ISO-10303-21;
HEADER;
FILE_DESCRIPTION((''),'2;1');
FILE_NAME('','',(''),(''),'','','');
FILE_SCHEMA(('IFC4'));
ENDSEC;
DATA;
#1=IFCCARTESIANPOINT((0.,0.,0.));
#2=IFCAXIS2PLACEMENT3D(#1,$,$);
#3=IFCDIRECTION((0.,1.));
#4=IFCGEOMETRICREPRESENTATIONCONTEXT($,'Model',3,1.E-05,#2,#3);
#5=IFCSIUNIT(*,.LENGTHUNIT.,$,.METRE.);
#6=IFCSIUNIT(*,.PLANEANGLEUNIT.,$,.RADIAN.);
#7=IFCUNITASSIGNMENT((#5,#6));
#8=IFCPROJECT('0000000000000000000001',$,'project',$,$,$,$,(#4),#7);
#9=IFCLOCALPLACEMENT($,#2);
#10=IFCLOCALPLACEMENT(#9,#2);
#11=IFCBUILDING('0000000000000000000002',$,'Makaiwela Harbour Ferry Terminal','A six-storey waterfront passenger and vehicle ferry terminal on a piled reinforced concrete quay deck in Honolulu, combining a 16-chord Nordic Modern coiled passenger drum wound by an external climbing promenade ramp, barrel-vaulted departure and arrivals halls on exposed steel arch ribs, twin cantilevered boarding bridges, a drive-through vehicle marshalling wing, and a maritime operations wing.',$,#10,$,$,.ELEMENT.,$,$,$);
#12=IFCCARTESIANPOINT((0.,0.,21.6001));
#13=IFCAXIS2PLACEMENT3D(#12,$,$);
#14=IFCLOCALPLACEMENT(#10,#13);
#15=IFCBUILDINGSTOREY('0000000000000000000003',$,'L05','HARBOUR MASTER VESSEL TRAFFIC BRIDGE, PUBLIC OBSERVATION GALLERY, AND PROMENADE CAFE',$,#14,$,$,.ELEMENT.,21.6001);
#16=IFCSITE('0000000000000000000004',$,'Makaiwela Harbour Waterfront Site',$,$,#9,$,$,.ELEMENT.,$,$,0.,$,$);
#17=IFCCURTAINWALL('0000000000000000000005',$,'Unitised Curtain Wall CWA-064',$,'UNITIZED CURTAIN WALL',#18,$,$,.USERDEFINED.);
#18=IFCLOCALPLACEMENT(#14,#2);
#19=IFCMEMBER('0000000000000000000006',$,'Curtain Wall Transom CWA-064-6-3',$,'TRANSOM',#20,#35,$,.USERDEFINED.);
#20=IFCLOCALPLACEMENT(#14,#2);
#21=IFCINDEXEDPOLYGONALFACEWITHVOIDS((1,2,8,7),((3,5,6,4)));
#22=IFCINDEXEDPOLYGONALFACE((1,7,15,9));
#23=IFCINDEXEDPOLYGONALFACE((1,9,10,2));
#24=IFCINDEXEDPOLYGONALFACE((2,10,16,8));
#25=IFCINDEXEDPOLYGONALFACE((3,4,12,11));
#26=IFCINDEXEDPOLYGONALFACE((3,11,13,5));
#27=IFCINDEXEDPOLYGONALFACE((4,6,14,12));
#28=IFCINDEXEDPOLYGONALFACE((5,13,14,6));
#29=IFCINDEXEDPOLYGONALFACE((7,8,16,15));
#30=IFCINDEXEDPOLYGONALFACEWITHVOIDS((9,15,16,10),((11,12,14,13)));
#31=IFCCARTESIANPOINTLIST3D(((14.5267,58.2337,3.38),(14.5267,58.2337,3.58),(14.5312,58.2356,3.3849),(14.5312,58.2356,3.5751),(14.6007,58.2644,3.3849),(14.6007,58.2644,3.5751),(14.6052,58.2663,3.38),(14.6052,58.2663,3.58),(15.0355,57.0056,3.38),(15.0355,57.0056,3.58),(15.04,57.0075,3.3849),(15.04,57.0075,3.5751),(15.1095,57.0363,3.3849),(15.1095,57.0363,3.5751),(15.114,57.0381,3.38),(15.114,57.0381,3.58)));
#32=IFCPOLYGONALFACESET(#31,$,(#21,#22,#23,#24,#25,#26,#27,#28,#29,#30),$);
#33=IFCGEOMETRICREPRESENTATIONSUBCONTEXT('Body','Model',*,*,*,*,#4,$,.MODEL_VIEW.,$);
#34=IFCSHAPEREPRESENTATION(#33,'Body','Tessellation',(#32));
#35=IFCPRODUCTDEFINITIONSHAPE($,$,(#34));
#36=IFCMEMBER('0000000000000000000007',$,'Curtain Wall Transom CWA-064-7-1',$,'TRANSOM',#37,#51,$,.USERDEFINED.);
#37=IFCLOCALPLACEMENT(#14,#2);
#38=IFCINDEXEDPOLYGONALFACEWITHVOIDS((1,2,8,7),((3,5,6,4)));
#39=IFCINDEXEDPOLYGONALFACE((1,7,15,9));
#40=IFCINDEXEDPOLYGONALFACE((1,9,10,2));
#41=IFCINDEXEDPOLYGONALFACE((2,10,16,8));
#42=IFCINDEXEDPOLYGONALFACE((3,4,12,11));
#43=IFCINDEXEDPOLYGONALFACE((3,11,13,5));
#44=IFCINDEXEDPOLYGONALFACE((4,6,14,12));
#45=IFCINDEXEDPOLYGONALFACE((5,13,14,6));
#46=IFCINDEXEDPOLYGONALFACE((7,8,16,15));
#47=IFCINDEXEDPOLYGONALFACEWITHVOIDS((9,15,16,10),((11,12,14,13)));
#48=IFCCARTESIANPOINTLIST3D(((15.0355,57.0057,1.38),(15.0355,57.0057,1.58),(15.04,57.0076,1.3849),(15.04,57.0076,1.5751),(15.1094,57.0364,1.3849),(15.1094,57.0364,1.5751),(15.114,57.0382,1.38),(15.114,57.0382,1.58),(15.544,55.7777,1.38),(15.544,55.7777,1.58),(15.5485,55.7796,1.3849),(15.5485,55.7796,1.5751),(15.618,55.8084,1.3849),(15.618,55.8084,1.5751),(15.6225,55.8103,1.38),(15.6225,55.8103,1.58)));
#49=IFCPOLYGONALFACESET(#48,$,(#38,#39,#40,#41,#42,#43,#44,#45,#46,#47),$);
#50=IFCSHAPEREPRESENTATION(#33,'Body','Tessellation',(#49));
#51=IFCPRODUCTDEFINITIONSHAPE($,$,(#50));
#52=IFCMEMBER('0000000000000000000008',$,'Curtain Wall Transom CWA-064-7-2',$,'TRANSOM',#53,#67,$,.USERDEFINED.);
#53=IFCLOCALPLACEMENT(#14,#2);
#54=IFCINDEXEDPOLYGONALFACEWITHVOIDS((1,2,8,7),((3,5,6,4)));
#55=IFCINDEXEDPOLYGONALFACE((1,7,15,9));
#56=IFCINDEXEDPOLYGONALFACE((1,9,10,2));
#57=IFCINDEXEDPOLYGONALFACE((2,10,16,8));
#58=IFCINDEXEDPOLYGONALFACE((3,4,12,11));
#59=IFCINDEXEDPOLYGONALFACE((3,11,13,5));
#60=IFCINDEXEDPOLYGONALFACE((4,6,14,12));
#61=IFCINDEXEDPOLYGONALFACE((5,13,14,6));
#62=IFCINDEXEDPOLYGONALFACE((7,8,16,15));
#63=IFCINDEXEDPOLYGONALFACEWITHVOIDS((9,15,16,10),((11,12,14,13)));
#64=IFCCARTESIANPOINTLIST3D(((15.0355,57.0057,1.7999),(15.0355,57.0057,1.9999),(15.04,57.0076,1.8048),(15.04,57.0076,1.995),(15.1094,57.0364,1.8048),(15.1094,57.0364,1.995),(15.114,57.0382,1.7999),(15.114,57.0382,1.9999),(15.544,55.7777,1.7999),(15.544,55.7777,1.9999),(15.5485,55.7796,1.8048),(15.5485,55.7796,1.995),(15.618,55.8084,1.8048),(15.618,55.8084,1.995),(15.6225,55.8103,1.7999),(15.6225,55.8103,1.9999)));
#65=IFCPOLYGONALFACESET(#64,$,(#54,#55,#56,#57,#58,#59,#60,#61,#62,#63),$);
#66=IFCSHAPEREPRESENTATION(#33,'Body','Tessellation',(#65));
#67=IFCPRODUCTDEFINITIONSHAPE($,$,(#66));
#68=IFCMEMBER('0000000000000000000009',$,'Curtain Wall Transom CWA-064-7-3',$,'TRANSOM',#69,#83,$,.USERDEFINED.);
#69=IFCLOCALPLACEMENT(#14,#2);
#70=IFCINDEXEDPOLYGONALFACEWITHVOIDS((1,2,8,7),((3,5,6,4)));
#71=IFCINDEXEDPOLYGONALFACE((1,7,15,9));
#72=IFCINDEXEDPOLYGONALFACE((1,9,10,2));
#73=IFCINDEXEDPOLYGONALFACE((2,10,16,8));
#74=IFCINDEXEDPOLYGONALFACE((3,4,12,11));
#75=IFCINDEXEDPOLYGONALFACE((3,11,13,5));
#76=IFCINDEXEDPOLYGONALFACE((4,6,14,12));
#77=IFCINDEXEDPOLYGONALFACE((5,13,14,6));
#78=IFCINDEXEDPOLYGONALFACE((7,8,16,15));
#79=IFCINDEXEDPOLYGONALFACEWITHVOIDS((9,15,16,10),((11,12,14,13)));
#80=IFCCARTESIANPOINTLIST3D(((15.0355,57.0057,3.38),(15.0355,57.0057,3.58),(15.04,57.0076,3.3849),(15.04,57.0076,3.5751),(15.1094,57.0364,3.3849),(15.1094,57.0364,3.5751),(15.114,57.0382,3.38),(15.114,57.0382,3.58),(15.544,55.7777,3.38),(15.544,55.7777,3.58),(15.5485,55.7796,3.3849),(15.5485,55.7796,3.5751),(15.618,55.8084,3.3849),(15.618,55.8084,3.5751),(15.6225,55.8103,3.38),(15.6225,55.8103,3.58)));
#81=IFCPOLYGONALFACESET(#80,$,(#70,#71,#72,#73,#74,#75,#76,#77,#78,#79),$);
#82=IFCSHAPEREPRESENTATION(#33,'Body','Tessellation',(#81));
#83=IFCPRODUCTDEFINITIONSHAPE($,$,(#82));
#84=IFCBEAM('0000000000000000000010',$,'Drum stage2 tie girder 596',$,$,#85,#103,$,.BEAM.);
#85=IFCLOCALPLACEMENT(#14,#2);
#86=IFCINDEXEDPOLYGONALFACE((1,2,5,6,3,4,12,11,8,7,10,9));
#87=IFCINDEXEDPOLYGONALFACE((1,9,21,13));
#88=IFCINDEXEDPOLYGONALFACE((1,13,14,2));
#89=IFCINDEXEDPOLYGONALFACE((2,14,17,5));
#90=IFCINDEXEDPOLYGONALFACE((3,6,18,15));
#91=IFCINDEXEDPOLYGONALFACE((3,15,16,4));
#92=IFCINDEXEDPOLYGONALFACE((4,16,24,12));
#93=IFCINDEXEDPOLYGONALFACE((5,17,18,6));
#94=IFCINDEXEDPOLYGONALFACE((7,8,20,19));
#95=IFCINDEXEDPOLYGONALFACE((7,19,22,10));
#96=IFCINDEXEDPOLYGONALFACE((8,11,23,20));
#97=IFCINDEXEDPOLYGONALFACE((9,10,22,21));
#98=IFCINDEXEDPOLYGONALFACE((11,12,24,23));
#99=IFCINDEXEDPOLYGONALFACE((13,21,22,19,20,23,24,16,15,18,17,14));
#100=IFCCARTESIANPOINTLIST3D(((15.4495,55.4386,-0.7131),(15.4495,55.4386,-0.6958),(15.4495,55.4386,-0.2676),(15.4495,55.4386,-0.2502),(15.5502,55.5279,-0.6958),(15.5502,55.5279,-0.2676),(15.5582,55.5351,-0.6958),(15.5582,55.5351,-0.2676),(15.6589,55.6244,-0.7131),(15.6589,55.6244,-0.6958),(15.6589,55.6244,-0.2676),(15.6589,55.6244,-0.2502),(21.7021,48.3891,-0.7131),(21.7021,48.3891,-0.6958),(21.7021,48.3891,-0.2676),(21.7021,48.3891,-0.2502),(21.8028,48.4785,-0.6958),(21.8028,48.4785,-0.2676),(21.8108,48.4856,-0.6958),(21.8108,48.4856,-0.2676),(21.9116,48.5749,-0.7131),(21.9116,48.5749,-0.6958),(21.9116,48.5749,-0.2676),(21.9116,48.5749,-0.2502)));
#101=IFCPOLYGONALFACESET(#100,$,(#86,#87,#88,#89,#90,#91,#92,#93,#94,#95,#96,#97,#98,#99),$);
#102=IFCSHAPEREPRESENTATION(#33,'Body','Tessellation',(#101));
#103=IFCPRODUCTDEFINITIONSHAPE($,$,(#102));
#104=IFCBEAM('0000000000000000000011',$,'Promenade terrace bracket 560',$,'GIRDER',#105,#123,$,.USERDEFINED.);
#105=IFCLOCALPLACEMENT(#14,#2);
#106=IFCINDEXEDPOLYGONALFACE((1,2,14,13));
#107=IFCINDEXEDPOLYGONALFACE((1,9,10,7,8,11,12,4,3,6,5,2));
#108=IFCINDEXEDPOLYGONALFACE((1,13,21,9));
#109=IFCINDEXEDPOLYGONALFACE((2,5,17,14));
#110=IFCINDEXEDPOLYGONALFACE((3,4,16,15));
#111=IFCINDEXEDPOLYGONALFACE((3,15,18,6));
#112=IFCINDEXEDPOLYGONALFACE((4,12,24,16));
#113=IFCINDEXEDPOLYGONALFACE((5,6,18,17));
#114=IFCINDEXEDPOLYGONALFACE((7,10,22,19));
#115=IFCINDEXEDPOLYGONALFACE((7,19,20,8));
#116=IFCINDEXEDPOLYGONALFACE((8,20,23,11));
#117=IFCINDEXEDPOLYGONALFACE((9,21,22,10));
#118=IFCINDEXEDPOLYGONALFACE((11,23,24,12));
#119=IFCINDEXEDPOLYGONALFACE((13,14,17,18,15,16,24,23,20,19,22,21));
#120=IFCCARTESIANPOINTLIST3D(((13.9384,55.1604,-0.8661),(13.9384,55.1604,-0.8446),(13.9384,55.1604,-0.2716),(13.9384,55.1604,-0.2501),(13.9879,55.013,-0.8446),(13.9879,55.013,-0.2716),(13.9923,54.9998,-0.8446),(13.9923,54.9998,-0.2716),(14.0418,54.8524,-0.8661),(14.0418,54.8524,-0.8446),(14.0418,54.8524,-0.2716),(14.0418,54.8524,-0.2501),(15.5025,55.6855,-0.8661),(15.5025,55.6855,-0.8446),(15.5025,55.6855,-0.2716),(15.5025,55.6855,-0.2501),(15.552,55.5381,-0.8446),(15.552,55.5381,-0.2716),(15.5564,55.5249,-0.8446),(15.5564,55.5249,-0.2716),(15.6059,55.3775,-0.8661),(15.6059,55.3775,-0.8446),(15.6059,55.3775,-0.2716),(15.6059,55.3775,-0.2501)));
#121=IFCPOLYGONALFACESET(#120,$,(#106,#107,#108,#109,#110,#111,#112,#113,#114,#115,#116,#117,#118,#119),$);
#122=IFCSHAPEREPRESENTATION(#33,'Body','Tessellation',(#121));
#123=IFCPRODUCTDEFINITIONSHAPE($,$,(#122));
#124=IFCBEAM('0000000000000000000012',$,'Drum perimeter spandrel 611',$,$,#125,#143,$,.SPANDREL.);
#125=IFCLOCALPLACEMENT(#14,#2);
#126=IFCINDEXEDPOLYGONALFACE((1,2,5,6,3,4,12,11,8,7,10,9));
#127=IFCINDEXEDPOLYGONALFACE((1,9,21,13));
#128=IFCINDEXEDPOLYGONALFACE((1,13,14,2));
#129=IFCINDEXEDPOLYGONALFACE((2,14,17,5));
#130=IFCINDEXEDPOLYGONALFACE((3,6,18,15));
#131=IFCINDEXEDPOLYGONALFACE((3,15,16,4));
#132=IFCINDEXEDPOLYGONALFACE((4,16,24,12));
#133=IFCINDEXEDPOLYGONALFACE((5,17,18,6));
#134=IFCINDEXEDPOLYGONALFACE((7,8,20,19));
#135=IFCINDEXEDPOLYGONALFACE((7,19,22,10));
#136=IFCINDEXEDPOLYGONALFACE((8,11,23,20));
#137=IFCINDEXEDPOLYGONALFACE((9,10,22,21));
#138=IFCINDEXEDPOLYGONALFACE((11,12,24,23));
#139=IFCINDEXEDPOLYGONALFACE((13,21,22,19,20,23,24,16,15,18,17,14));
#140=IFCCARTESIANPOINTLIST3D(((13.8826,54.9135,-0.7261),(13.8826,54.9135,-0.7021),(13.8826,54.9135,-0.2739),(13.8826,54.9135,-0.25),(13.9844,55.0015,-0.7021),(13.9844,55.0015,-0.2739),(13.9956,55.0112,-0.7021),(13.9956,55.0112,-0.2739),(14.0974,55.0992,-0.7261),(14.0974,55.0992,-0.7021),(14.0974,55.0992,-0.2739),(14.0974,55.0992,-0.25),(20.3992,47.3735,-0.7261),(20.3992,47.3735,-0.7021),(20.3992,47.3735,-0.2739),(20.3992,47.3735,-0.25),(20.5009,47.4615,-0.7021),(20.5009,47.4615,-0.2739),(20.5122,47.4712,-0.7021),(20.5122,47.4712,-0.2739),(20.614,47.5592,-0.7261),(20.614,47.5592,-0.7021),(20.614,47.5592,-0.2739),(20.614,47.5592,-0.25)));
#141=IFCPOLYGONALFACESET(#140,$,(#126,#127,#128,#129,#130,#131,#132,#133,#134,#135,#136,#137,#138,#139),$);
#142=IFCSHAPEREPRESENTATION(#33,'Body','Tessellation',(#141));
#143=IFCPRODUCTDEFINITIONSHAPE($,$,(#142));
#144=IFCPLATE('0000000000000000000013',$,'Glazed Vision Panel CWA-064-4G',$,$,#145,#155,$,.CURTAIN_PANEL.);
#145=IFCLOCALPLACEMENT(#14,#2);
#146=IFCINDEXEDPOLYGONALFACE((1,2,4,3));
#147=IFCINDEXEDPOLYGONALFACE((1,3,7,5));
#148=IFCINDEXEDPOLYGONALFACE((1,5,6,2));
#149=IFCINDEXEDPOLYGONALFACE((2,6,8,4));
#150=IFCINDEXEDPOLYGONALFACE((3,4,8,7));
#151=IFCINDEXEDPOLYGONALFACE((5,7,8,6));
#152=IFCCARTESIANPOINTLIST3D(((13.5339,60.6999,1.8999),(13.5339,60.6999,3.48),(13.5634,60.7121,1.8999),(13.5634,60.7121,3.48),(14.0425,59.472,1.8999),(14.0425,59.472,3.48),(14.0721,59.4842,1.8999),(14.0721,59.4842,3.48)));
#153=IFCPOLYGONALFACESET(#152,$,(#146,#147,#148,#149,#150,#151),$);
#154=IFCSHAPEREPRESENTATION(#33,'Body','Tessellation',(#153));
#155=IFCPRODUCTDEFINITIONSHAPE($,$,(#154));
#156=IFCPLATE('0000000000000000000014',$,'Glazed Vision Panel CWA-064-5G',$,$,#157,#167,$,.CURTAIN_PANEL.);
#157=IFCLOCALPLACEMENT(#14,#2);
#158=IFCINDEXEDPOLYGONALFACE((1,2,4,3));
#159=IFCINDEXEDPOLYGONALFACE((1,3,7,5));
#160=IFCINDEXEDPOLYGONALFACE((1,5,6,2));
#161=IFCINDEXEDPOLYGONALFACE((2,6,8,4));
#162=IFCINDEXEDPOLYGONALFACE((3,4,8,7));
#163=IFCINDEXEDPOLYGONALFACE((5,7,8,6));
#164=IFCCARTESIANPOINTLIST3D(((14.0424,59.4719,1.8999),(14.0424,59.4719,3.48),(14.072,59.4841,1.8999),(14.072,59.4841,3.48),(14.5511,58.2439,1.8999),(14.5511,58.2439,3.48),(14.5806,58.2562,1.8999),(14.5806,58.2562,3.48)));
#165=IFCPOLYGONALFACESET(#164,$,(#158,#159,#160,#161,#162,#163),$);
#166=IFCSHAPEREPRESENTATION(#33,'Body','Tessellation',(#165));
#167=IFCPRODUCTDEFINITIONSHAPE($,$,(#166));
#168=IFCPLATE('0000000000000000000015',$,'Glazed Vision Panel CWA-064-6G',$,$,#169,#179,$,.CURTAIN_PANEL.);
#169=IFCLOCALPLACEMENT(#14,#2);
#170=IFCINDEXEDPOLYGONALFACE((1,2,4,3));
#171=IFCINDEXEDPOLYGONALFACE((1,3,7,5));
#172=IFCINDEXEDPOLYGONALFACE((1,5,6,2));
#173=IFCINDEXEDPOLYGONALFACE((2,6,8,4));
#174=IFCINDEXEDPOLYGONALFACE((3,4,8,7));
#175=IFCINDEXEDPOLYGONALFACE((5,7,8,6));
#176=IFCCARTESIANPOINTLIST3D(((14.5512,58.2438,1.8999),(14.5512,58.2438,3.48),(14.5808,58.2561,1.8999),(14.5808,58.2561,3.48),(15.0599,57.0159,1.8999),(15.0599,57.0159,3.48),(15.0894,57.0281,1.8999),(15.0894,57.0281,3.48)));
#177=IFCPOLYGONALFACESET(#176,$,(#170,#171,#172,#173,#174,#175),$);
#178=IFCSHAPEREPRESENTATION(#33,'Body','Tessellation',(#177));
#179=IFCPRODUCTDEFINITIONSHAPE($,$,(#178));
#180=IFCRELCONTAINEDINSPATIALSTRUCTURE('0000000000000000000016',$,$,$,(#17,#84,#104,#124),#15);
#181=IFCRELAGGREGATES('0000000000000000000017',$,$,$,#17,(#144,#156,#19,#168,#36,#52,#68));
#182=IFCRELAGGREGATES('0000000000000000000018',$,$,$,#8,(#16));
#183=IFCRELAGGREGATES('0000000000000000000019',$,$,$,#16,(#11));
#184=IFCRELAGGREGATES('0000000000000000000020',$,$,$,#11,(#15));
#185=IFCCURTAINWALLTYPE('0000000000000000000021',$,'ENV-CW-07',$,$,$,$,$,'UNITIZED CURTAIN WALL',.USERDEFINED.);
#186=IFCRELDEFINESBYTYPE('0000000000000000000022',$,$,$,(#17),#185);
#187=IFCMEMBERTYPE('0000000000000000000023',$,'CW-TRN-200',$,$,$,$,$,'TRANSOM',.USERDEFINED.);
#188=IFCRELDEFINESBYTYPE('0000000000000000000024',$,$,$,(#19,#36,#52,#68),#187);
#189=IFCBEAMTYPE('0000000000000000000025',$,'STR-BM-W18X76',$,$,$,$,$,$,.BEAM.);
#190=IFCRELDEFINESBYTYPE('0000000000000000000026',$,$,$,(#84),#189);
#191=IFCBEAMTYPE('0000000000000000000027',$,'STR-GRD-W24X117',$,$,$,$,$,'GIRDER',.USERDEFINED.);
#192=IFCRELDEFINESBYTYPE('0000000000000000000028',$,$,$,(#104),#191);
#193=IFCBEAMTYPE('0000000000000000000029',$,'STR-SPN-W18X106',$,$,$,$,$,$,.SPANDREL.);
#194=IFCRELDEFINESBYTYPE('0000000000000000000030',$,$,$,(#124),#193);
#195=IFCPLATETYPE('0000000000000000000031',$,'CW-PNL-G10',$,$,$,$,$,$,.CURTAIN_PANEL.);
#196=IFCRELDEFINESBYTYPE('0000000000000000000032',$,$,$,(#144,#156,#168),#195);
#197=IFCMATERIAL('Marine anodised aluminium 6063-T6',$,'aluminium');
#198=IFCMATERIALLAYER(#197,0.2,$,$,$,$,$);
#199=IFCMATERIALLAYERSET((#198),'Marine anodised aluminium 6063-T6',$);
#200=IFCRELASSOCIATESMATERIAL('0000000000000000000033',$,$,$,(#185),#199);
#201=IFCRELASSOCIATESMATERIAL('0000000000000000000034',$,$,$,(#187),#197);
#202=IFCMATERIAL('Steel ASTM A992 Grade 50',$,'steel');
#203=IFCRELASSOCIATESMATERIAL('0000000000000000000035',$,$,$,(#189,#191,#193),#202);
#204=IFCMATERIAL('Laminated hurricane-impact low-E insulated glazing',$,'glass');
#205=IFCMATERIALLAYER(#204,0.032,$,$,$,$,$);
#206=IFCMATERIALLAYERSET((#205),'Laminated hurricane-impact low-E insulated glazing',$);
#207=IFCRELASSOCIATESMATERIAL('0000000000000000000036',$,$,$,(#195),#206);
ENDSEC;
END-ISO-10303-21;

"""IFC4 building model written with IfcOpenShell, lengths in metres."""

from ifc_helpers import new_model, si_unit, direction, frame, origin, origin_2d, place, context, subcontext, project, spatial, rectangle, hollow_rectangle, i_section, extrude, material, layer, layer_set, material_profile, profile_set, type_object, element, aggregate, save


model = new_model("IFC4")

# Units and contexts
model_context = context("Model", 3, precision=1e-05, world=origin(), true_north=direction((0.0, 1.0)))
body_context = subcontext(model_context, "Body", "Model", "MODEL_VIEW")
ifc_project = project(units=[si_unit("LENGTHUNIT", "METRE"), si_unit("PLANEANGLEUNIT", "RADIAN")], contexts=[model_context])

# Site, building, storey
site_placement = place(None, origin())
site = spatial("IfcSite", under=ifc_project, at=site_placement, Name="Makaiwela Harbour Waterfront Site", CompositionType="ELEMENT", RefElevation=0.0)
building_placement = place(site_placement, origin())
building = spatial("IfcBuilding", under=site, at=building_placement, Name="Makaiwela Harbour Ferry Terminal", Description="A six-storey waterfront passenger and vehicle ferry terminal on a piled reinforced concrete quay deck in Honolulu, combining a 16-chord Nordic Modern coiled passenger drum wound by an external climbing promenade ramp, barrel-vaulted departure and arrivals halls on exposed steel arch ribs, twin cantilevered boarding bridges, a drive-through vehicle marshalling wing, and a maritime operations wing.", CompositionType="ELEMENT")
storey_placement = place(building_placement, frame((0.0, 0.0, 21.6001)))
storey = spatial("IfcBuildingStorey", under=building, at=storey_placement, Name="L05", Description="HARBOUR MASTER VESSEL TRAFFIC BRIDGE, PUBLIC OBSERVATION GALLERY, AND PROMENADE CAFE", CompositionType="ELEMENT", Elevation=21.6001)

# Curtain wall, members
ifc_material_1 = material(Name="Marine anodised aluminium 6063-T6", Category="aluminium")
ifc_layer_1 = layer(ifc_material_1, 0.2)
ifc_layer_set_1 = layer_set([ifc_layer_1], Name="Marine anodised aluminium 6063-T6")
curtain_wall_type = type_object("IfcCurtainWallType", Name="ENV-CW-07", ElementType="UNITIZED CURTAIN WALL", PredefinedType="USERDEFINED", material=ifc_layer_set_1)
curtain_wall_placement = place(storey_placement, origin())
curtain_wall = element("IfcCurtainWall", 1, at=curtain_wall_placement, inside=storey, type_object=curtain_wall_type, Name="Unitised Curtain Wall CWA-064", ObjectType="UNITIZED CURTAIN WALL", PredefinedType="USERDEFINED")
ifc_material_profile_1 = material_profile(ifc_material_1, hollow_rectangle(XDim=0.085, YDim=0.2, WallThickness=0.0049, at=origin_2d()), Name="CWT-200X85")
ifc_profile_set_1 = profile_set([ifc_material_profile_1], Name="Marine anodised aluminium 6063-T6")
member_type_1 = type_object("IfcMemberType", Name="CW-TRN-200", ElementType="TRANSOM", PredefinedType="USERDEFINED", material=ifc_profile_set_1)
member_1_placement = place(storey_placement, frame((14.5659, 58.25, 3.48), z_axis=(0.382763, -0.923847, 0.0), x_axis=(0.923847, 0.382763, 0.0)))
member_1 = element("IfcMember", 2, at=member_1_placement, type_object=member_type_1, Name="Curtain Wall Transom CWA-064-6-3", ObjectType="TRANSOM", PredefinedType="USERDEFINED", context=body_context, shape_type="SweptSolid", body=[
    extrude(hollow_rectangle(XDim=0.085, YDim=0.2, WallThickness=0.0049, at=origin_2d()), origin(), (0.0, 0.0, 1.0), 1.3293),
])
member_2_placement = place(storey_placement, frame((15.0747, 57.022, 1.48), z_axis=(0.382606, -0.923912, 0.0), x_axis=(0.923912, 0.382606, 0.0)))
member_2 = element("IfcMember", 3, at=member_2_placement, type_object=member_type_1, Name="Curtain Wall Transom CWA-064-7-1", ObjectType="TRANSOM", PredefinedType="USERDEFINED", context=body_context, shape_type="SweptSolid", body=[
    extrude(hollow_rectangle(XDim=0.085, YDim=0.2, WallThickness=0.0049, at=origin_2d()), origin(), (0.0, 0.0, 1.0), 1.3291),
])
member_3_placement = place(storey_placement, frame((15.0747, 57.022, 1.8999), z_axis=(0.382606, -0.923912, 0.0), x_axis=(0.923912, 0.382606, 0.0)))
member_3 = element("IfcMember", 4, at=member_3_placement, type_object=member_type_1, Name="Curtain Wall Transom CWA-064-7-2", ObjectType="TRANSOM", PredefinedType="USERDEFINED", context=body_context, shape_type="SweptSolid", body=[
    extrude(hollow_rectangle(XDim=0.085, YDim=0.2, WallThickness=0.0049, at=origin_2d()), origin(), (0.0, 0.0, 1.0), 1.3291),
])
member_4_placement = place(storey_placement, frame((15.0747, 57.022, 3.48), z_axis=(0.382606, -0.923912, 0.0), x_axis=(0.923912, 0.382606, 0.0)))
member_4 = element("IfcMember", 5, at=member_4_placement, type_object=member_type_1, Name="Curtain Wall Transom CWA-064-7-3", ObjectType="TRANSOM", PredefinedType="USERDEFINED", context=body_context, shape_type="SweptSolid", body=[
    extrude(hollow_rectangle(XDim=0.085, YDim=0.2, WallThickness=0.0049, at=origin_2d()), origin(), (0.0, 0.0, 1.0), 1.3291),
])

# Beams
ifc_material_2 = material(Name="Steel ASTM A992 Grade 50", Category="steel")
ifc_material_profile_2 = material_profile(ifc_material_2, i_section(OverallWidth=0.28, OverallDepth=0.4629, WebThickness=0.0107, FlangeThickness=0.0173, at=origin_2d()), Name="W18X76")
ifc_profile_set_2 = profile_set([ifc_material_profile_2], Name="Steel ASTM A992 Grade 50")
beam_type_1 = type_object("IfcBeamType", Name="STR-BM-W18X76", PredefinedType="BEAM", material=ifc_profile_set_2)
beam_1_placement = place(storey_placement, frame((15.5542, 55.5315, -0.4817), z_axis=(0.663558, -0.748125, 0.0), x_axis=(0.748125, 0.663558, 0.0)))
element("IfcBeam", 6, at=beam_1_placement, inside=storey, type_object=beam_type_1, Name="Drum stage2 tie girder 596", PredefinedType="BEAM", context=body_context, shape_type="SweptSolid", body=[
    extrude(i_section(OverallWidth=0.28, OverallDepth=0.4629, WebThickness=0.0107, FlangeThickness=0.0173, at=origin_2d()), origin(), (0.0, 0.0, 1.0), 9.4229),
])
ifc_material_profile_3 = material_profile(ifc_material_2, i_section(OverallWidth=0.325, OverallDepth=0.616, WebThickness=0.0139, FlangeThickness=0.0215, at=origin_2d()), Name="W24X117")
ifc_profile_set_3 = profile_set([ifc_material_profile_3], Name="Steel ASTM A992 Grade 50")
beam_type_2 = type_object("IfcBeamType", Name="STR-GRD-W24X117", ElementType="GIRDER", PredefinedType="USERDEFINED", material=ifc_profile_set_3)
beam_2_placement = place(storey_placement, frame((15.5542, 55.5315, -0.5581), z_axis=(-0.948, -0.318269, 0.0), x_axis=(0.318269, -0.948, 0.0)))
element("IfcBeam", 7, at=beam_2_placement, inside=storey, type_object=beam_type_2, Name="Promenade terrace bracket 560", ObjectType="GIRDER", PredefinedType="USERDEFINED", context=body_context, shape_type="SweptSolid", body=[
    extrude(i_section(OverallWidth=0.325, OverallDepth=0.616, WebThickness=0.0139, FlangeThickness=0.0215, at=origin_2d()), origin(), (0.0, 0.0, 1.0), 1.6499),
])
ifc_material_profile_4 = material_profile(ifc_material_2, i_section(OverallWidth=0.2839, OverallDepth=0.4761, WebThickness=0.0149, FlangeThickness=0.0239, at=origin_2d()), Name="W18X106")
ifc_profile_set_4 = profile_set([ifc_material_profile_4], Name="Steel ASTM A992 Grade 50")
beam_type_3 = type_object("IfcBeamType", Name="STR-SPN-W18X106", PredefinedType="SPANDREL", material=ifc_profile_set_4)
beam_3_placement = place(storey_placement, frame((13.99, 55.0063, -0.488), z_axis=(0.653893, -0.756587, 0.0), x_axis=(0.756587, 0.653893, 0.0)))
element("IfcBeam", 8, at=beam_3_placement, inside=storey, type_object=beam_type_3, Name="Drum perimeter spandrel 611", PredefinedType="SPANDREL", context=body_context, shape_type="SweptSolid", body=[
    extrude(i_section(OverallWidth=0.2839, OverallDepth=0.4761, WebThickness=0.0149, FlangeThickness=0.0239, at=origin_2d()), origin(), (0.0, 0.0, 1.0), 9.9658),
])

# Plates
ifc_material_3 = material(Name="Laminated hurricane-impact low-E insulated glazing", Category="glass")
ifc_layer_2 = layer(ifc_material_3, 0.032)
ifc_layer_set_2 = layer_set([ifc_layer_2], Name="Laminated hurricane-impact low-E insulated glazing")
plate_type_1 = type_object("IfcPlateType", Name="CW-PNL-G10", PredefinedType="CURTAIN_PANEL", material=ifc_layer_set_2)
plate_1_placement = place(storey_placement, frame((13.803, 60.092, 1.8999), z_axis=(0.0, 0.0, 1.0), x_axis=(0.382683, -0.92388, 0.0)))
plate_1 = element("IfcPlate", 9, at=plate_1_placement, type_object=plate_type_1, Name="Glazed Vision Panel CWA-064-4G", PredefinedType="CURTAIN_PANEL", context=body_context, shape_type="SweptSolid", body=[
    extrude(rectangle(XDim=1.3291, YDim=0.032, at=origin_2d()), origin(), (0.0, 0.0, 1.0), 1.5801),
])
plate_2_placement = place(storey_placement, frame((14.3115, 58.864, 1.8999), z_axis=(0.0, 0.0, 1.0), x_axis=(0.382683, -0.92388, 0.0)))
plate_2 = element("IfcPlate", 10, at=plate_2_placement, type_object=plate_type_1, Name="Glazed Vision Panel CWA-064-5G", PredefinedType="CURTAIN_PANEL", context=body_context, shape_type="SweptSolid", body=[
    extrude(rectangle(XDim=1.3291, YDim=0.032, at=origin_2d()), origin(), (0.0, 0.0, 1.0), 1.5801),
])
plate_3_placement = place(storey_placement, frame((14.8203, 57.636, 1.8999), z_axis=(0.0, 0.0, 1.0), x_axis=(0.382683, -0.92388, 0.0)))
plate_3 = element("IfcPlate", 11, at=plate_3_placement, type_object=plate_type_1, Name="Glazed Vision Panel CWA-064-6G", PredefinedType="CURTAIN_PANEL", context=body_context, shape_type="SweptSolid", body=[
    extrude(rectangle(XDim=1.3291, YDim=0.032, at=origin_2d()), origin(), (0.0, 0.0, 1.0), 1.5801),
])
aggregate(curtain_wall, [plate_1, plate_2, member_1, plate_3, member_2, member_3, member_4])

save(model, "model.ifc")
